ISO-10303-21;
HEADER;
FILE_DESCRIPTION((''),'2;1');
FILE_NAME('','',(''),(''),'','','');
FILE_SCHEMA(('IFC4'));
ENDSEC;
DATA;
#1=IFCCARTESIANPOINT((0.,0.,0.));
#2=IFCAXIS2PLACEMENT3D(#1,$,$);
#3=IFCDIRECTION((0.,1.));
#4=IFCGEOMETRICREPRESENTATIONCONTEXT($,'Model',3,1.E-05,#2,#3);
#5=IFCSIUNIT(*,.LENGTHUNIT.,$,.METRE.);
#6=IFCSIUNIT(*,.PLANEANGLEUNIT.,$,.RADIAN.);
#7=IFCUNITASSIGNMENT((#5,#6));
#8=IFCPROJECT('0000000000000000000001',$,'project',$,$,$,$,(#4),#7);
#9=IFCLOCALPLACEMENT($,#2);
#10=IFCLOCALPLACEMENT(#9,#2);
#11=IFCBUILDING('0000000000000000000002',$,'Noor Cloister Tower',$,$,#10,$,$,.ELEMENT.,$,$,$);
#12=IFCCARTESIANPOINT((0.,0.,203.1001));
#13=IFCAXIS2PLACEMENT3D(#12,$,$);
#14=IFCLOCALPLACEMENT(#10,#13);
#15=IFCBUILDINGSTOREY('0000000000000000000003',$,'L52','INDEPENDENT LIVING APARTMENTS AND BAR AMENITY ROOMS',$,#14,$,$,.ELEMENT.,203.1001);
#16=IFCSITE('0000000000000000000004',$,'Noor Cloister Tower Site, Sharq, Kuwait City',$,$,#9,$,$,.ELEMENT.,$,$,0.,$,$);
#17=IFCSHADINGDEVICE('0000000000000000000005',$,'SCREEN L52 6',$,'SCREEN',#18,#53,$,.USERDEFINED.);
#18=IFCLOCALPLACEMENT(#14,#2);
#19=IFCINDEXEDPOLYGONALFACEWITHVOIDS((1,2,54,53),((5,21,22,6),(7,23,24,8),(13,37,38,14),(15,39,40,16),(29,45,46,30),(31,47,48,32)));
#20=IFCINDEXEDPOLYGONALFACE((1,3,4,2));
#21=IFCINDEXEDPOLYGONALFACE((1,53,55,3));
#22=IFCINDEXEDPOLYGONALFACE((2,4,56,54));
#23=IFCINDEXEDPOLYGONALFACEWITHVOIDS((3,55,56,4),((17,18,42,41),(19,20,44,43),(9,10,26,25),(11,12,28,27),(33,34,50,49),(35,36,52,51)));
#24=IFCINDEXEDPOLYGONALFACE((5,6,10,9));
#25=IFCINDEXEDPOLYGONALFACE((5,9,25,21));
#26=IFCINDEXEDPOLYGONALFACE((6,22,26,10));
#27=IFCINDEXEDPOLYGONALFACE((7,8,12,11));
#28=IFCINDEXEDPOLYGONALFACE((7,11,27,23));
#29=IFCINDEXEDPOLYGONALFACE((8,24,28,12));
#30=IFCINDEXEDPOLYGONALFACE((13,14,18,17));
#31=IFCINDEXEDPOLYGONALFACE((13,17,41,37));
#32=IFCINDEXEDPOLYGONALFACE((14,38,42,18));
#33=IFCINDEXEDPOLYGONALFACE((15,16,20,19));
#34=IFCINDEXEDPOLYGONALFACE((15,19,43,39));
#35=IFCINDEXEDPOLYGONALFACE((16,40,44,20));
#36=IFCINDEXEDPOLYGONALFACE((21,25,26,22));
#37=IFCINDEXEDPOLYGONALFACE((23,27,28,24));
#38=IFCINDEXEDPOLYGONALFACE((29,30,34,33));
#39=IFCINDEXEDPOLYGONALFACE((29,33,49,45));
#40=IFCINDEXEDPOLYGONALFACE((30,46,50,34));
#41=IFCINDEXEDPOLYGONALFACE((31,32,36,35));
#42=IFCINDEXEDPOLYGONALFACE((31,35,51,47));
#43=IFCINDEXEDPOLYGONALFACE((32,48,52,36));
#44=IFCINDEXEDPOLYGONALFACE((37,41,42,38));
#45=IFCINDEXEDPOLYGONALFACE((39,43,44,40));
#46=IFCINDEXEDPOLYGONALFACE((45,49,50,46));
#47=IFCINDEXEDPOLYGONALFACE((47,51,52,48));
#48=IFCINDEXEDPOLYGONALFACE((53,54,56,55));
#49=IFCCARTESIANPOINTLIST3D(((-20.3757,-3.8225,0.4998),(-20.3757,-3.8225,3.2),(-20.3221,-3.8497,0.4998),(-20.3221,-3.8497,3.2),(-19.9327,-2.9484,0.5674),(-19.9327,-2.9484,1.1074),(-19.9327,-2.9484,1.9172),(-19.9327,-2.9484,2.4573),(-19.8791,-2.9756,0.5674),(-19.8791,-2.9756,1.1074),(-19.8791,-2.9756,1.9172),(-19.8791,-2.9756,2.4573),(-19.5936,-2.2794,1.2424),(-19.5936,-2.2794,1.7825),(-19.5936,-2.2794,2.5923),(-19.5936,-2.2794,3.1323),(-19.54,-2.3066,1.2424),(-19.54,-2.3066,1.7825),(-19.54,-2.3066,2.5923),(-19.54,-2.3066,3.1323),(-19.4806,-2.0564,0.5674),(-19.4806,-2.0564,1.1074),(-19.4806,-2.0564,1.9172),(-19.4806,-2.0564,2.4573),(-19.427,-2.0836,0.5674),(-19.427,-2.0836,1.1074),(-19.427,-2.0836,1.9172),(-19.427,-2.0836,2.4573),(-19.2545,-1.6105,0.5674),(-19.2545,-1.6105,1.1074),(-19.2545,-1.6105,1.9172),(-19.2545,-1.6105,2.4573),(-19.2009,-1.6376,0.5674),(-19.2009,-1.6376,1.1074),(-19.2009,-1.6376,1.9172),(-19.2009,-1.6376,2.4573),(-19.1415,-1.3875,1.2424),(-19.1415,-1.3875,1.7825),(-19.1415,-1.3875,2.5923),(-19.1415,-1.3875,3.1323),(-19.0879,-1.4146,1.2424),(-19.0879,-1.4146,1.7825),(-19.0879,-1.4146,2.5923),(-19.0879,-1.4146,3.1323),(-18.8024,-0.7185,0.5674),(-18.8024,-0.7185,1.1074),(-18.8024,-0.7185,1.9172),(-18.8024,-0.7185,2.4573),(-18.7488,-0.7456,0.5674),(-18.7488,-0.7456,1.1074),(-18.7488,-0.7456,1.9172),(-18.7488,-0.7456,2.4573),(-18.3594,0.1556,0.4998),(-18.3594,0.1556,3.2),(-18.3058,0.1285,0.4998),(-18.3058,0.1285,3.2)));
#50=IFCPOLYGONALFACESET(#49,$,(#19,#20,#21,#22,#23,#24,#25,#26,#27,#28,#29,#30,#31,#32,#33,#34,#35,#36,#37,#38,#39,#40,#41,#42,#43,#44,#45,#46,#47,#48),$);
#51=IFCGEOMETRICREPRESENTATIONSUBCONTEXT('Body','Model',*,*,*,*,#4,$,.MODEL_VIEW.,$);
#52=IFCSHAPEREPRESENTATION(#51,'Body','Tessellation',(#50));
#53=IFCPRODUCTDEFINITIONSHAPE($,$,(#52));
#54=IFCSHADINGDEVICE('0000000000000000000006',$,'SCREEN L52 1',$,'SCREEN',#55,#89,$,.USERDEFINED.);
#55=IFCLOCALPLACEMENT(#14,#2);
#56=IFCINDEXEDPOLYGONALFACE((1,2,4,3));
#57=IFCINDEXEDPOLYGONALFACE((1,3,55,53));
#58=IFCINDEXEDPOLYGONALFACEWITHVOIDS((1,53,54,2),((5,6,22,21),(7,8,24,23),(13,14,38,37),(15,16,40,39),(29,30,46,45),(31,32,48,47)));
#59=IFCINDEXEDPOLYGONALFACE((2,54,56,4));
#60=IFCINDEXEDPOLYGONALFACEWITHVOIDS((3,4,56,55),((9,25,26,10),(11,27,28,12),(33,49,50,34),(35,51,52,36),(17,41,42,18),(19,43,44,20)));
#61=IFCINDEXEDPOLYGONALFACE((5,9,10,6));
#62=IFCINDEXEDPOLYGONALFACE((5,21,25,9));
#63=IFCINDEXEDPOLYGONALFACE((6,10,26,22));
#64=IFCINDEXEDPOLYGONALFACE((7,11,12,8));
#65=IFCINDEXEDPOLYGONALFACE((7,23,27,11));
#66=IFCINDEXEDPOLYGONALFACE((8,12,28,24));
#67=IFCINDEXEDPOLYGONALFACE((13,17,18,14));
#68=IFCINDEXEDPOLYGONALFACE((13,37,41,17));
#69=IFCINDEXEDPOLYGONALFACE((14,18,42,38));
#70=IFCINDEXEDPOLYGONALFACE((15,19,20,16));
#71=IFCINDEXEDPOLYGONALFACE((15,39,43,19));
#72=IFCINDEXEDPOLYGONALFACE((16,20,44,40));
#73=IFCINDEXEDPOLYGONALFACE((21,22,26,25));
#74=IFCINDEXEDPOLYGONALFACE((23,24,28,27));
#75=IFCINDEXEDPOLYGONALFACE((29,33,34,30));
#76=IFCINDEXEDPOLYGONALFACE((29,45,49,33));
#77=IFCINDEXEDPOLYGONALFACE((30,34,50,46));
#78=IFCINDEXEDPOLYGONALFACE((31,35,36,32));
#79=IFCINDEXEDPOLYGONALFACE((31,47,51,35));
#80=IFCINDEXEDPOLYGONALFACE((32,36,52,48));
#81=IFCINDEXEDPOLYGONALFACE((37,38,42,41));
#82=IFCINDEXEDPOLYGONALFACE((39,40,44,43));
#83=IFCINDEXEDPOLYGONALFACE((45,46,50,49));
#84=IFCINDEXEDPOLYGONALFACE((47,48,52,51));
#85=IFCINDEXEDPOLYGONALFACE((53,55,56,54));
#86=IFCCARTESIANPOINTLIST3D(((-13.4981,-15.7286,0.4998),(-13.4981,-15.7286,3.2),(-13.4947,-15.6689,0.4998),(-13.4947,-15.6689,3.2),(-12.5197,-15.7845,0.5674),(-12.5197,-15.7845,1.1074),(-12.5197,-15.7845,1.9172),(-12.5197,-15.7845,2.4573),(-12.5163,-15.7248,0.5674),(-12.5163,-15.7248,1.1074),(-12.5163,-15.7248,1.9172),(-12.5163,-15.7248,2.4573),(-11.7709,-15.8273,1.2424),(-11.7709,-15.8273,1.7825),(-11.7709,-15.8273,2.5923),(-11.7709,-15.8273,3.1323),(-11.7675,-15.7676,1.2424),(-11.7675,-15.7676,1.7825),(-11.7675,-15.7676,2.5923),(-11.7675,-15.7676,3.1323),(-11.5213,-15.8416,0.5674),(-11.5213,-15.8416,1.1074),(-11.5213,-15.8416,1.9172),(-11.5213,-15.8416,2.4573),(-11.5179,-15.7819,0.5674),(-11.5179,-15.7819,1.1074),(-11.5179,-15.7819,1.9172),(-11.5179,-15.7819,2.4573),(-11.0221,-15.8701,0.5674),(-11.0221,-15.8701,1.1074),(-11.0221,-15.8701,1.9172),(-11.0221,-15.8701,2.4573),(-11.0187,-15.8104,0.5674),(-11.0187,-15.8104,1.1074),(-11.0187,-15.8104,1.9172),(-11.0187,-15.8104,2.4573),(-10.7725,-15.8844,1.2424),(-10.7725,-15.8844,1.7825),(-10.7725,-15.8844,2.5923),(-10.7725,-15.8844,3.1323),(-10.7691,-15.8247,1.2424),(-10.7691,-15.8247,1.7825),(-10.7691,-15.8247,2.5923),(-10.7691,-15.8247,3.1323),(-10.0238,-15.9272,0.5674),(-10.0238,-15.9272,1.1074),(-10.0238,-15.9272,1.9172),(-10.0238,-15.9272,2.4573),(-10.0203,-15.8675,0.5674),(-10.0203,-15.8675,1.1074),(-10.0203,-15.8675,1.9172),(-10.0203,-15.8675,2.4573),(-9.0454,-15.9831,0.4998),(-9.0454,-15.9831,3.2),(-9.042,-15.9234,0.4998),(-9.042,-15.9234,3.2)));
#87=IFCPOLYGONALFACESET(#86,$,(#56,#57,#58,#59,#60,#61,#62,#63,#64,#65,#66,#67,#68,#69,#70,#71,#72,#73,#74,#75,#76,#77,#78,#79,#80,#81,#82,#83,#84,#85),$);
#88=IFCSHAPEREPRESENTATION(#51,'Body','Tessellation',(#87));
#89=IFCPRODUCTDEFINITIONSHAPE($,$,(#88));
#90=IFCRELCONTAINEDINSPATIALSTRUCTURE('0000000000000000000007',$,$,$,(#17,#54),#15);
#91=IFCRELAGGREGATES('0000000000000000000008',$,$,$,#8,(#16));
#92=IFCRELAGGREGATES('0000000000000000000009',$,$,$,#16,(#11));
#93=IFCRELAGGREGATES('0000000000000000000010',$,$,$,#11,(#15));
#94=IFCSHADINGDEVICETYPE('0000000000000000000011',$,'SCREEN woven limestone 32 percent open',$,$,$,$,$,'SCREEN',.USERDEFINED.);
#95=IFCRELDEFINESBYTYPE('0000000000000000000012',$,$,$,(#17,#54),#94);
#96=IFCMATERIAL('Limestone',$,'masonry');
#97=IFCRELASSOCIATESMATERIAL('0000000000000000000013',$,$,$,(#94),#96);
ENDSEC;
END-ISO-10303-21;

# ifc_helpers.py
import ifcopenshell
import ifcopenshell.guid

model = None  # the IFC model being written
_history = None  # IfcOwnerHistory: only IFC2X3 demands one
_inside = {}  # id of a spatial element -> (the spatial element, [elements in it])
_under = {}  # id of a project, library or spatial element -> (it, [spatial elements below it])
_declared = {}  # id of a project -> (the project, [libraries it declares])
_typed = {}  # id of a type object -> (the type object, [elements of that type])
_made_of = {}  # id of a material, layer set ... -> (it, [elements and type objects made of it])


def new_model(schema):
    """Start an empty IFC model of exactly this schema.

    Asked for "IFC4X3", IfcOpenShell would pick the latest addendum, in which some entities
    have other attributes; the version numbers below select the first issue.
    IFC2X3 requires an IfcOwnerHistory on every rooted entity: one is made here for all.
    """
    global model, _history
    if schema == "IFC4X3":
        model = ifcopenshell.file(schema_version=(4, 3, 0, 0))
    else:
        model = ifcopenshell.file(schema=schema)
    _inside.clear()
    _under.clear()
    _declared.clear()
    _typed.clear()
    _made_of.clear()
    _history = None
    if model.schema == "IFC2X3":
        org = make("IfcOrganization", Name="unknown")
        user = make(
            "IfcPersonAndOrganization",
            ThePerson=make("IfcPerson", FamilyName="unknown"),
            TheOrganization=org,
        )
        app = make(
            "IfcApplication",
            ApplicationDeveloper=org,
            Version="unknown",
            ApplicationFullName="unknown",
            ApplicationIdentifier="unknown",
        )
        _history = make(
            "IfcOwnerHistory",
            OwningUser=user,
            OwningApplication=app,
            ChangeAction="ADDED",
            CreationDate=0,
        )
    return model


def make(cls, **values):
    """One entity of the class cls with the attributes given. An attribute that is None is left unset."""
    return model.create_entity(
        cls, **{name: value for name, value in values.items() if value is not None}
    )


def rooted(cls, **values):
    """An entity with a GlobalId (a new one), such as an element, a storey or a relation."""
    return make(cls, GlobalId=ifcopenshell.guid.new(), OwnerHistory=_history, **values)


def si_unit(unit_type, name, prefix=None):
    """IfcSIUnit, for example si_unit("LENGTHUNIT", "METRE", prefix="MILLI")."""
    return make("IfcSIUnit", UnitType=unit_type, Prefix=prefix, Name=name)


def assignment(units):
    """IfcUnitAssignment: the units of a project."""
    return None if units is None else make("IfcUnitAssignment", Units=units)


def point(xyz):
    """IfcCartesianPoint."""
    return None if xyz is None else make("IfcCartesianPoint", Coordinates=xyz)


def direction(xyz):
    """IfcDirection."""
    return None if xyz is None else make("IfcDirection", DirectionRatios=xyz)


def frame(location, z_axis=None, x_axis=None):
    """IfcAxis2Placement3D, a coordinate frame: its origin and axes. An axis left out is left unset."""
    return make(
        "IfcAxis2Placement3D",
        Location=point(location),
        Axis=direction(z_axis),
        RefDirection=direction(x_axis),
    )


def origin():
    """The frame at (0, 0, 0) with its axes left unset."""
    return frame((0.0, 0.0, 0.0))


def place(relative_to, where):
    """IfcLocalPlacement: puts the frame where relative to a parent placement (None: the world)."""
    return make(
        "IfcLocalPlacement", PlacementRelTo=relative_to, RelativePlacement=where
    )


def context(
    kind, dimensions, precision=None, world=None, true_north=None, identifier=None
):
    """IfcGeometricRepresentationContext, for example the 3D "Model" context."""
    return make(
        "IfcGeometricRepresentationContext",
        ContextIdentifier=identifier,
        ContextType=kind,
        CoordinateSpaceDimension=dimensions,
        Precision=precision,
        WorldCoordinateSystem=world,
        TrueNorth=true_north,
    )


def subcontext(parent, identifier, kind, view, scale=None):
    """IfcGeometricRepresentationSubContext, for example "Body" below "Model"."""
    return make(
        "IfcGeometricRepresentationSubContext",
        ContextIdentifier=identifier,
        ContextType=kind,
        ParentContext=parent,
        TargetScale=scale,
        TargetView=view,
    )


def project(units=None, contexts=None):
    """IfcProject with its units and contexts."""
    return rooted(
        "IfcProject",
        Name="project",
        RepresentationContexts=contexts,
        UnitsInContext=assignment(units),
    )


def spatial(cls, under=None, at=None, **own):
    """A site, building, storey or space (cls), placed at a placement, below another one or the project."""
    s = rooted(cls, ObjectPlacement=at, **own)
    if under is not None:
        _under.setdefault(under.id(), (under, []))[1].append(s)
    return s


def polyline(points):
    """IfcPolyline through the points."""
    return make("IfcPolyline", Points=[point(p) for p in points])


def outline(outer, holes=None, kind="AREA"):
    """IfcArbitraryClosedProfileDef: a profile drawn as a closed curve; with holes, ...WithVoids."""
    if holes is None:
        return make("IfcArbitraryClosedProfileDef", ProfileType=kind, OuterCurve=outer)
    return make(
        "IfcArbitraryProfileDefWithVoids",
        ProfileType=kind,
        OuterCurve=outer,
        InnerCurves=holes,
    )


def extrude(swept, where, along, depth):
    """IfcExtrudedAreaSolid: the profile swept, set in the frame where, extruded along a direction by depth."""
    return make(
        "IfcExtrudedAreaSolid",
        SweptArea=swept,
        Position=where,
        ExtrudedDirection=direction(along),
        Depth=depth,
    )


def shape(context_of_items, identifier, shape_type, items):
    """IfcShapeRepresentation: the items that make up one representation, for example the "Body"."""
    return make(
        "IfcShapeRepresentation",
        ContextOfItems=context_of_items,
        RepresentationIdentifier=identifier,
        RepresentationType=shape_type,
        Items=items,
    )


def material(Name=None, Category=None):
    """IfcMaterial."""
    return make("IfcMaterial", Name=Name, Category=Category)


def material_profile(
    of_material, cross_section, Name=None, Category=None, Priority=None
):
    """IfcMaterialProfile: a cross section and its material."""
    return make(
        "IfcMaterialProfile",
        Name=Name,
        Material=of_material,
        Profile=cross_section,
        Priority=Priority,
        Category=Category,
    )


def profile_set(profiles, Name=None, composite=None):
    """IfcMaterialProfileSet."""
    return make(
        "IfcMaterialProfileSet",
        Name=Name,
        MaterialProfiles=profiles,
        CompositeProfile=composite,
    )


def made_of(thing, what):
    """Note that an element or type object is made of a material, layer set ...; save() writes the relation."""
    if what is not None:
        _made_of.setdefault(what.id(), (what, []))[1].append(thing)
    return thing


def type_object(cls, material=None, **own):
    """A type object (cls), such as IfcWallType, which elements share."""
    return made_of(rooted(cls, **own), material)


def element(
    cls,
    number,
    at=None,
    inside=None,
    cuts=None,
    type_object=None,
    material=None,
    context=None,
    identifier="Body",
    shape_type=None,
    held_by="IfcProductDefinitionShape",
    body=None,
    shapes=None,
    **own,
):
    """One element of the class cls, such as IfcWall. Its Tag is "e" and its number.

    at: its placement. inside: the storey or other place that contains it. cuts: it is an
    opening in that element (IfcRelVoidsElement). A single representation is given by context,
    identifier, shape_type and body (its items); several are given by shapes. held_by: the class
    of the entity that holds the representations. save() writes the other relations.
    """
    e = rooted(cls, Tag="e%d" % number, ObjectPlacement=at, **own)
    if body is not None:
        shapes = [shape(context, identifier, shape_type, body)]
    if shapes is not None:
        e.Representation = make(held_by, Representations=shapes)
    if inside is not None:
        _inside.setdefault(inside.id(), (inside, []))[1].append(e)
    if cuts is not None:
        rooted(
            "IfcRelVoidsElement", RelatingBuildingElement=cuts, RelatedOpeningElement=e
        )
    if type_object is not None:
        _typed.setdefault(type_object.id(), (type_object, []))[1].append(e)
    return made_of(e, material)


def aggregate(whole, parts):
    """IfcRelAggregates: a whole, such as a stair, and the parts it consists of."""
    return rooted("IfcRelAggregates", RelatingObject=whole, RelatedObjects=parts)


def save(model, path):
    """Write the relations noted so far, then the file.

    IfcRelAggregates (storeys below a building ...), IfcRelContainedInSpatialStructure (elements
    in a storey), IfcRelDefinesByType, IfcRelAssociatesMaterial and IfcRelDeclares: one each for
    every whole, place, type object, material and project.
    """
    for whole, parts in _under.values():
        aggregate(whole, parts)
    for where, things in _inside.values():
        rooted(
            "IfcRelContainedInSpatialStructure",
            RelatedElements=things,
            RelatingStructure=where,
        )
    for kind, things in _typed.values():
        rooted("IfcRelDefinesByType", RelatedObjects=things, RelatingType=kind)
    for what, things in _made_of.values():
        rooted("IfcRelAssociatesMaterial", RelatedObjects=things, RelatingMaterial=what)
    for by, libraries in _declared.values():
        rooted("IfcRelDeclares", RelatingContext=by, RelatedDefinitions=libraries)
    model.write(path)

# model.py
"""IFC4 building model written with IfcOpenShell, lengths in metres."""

from ifc_helpers import new_model, si_unit, direction, frame, origin, place, context, subcontext, project, spatial, polyline, outline, extrude, material, material_profile, profile_set, type_object, element, save


model = new_model("IFC4")

# Units and contexts
model_context = context("Model", 3, precision=1e-05, world=origin(), true_north=direction((0.0, 1.0)))
body_context = subcontext(model_context, "Body", "Model", "MODEL_VIEW")
ifc_project = project(units=[si_unit("LENGTHUNIT", "METRE"), si_unit("PLANEANGLEUNIT", "RADIAN")], contexts=[model_context])

# Site, building, storey
site_placement = place(None, origin())
site = spatial("IfcSite", under=ifc_project, at=site_placement, Name="Noor Cloister Tower Site, Sharq, Kuwait City", CompositionType="ELEMENT", RefElevation=0.0)
building_placement = place(site_placement, origin())
building = spatial("IfcBuilding", under=site, at=building_placement, Name="Noor Cloister Tower", CompositionType="ELEMENT")
storey_placement = place(building_placement, frame((0.0, 0.0, 203.1001)))
storey = spatial("IfcBuildingStorey", under=building, at=storey_placement, Name="L52", Description="INDEPENDENT LIVING APARTMENTS AND BAR AMENITY ROOMS", CompositionType="ELEMENT", Elevation=203.1001)

# Shading devices
ifc_material_1 = material(Name="Limestone", Category="masonry")
ifc_material_profile_1 = material_profile(ifc_material_1, outline(polyline([(-2.23, -1.3501), (2.23, -1.3501), (2.23, 1.3501), (-2.23, 1.3501), (-2.23, -1.3501)]), holes=[polyline([(-1.25, -1.2825), (-0.25, -1.2825), (-0.25, -0.7424), (-1.25, -0.7424), (-1.25, -1.2825)]), polyline([(0.25, -1.2825), (1.25, -1.2825), (1.25, -0.7424), (0.25, -0.7424), (0.25, -1.2825)]), polyline([(-0.5, -0.6074), (0.5, -0.6074), (0.5, -0.0674), (-0.5, -0.0674), (-0.5, -0.6074)]), polyline([(-1.25, 0.0674), (-0.25, 0.0674), (-0.25, 0.6074), (-1.25, 0.6074), (-1.25, 0.0674)]), polyline([(0.25, 0.0674), (1.25, 0.0674), (1.25, 0.6074), (0.25, 0.6074), (0.25, 0.0674)]), polyline([(-0.5, 0.7424), (0.5, 0.7424), (0.5, 1.2825), (-0.5, 1.2825), (-0.5, 0.7424)])]), Name="Woven screen 32 percent open")
ifc_profile_set_1 = profile_set([ifc_material_profile_1], Name="Limestone")
shading_device_type = type_object("IfcShadingDeviceType", Name="SCREEN woven limestone 32 percent open", ElementType="SCREEN", PredefinedType="USERDEFINED", material=ifc_profile_set_1)
shading_device_1_placement = place(storey_placement, frame((-19.314, -1.8606, 1.8499), z_axis=(-0.89197, 0.452094, 0.0), x_axis=(-0.452094, -0.89197, 0.0)))
element("IfcShadingDevice", 1, at=shading_device_1_placement, inside=storey, type_object=shading_device_type, Name="SCREEN L52 6", ObjectType="SCREEN", PredefinedType="USERDEFINED", context=body_context, shape_type="SweptSolid", body=[
    extrude(outline(polyline([(-2.23, -1.3501), (2.23, -1.3501), (2.23, 1.3501), (-2.23, 1.3501), (-2.23, -1.3501)]), holes=[polyline([(-1.25, -1.2825), (-0.25, -1.2825), (-0.25, -0.7424), (-1.25, -0.7424), (-1.25, -1.2825)]), polyline([(0.25, -1.2825), (1.25, -1.2825), (1.25, -0.7424), (0.25, -0.7424), (0.25, -1.2825)]), polyline([(-0.5, -0.6074), (0.5, -0.6074), (0.5, -0.0674), (-0.5, -0.0674), (-0.5, -0.6074)]), polyline([(-1.25, 0.0674), (-0.25, 0.0674), (-0.25, 0.6074), (-1.25, 0.6074), (-1.25, 0.0674)]), polyline([(0.25, 0.0674), (1.25, 0.0674), (1.25, 0.6074), (0.25, 0.6074), (0.25, 0.0674)]), polyline([(-0.5, 0.7424), (0.5, 0.7424), (0.5, 1.2825), (-0.5, 1.2825), (-0.5, 0.7424)])]), origin(), (0.0, 0.0, 1.0), 0.0601),
])
shading_device_2_placement = place(storey_placement, frame((-11.2683, -15.7961, 1.8499), z_axis=(-0.05705, -0.998371, 0.0), x_axis=(0.998371, -0.05705, 0.0)))
element("IfcShadingDevice", 2, at=shading_device_2_placement, inside=storey, type_object=shading_device_type, Name="SCREEN L52 1", ObjectType="SCREEN", PredefinedType="USERDEFINED", context=body_context, shape_type="SweptSolid", body=[
    extrude(outline(polyline([(-2.23, -1.3501), (2.23, -1.3501), (2.23, 1.3501), (-2.23, 1.3501), (-2.23, -1.3501)]), holes=[polyline([(-1.25, -1.2825), (-0.25, -1.2825), (-0.25, -0.7424), (-1.25, -0.7424), (-1.25, -1.2825)]), polyline([(0.25, -1.2825), (1.25, -1.2825), (1.25, -0.7424), (0.25, -0.7424), (0.25, -1.2825)]), polyline([(-0.5, -0.6074), (0.5, -0.6074), (0.5, -0.0674), (-0.5, -0.0674), (-0.5, -0.6074)]), polyline([(-1.25, 0.0674), (-0.25, 0.0674), (-0.25, 0.6074), (-1.25, 0.6074), (-1.25, 0.0674)]), polyline([(0.25, 0.0674), (1.25, 0.0674), (1.25, 0.6074), (0.25, 0.6074), (0.25, 0.0674)]), polyline([(-0.5, 0.7424), (0.5, 0.7424), (0.5, 1.2825), (-0.5, 1.2825), (-0.5, 0.7424)])]), origin(), (0.0, 0.0, 1.0), 0.0598),
])

save(model, "model.ifc")
